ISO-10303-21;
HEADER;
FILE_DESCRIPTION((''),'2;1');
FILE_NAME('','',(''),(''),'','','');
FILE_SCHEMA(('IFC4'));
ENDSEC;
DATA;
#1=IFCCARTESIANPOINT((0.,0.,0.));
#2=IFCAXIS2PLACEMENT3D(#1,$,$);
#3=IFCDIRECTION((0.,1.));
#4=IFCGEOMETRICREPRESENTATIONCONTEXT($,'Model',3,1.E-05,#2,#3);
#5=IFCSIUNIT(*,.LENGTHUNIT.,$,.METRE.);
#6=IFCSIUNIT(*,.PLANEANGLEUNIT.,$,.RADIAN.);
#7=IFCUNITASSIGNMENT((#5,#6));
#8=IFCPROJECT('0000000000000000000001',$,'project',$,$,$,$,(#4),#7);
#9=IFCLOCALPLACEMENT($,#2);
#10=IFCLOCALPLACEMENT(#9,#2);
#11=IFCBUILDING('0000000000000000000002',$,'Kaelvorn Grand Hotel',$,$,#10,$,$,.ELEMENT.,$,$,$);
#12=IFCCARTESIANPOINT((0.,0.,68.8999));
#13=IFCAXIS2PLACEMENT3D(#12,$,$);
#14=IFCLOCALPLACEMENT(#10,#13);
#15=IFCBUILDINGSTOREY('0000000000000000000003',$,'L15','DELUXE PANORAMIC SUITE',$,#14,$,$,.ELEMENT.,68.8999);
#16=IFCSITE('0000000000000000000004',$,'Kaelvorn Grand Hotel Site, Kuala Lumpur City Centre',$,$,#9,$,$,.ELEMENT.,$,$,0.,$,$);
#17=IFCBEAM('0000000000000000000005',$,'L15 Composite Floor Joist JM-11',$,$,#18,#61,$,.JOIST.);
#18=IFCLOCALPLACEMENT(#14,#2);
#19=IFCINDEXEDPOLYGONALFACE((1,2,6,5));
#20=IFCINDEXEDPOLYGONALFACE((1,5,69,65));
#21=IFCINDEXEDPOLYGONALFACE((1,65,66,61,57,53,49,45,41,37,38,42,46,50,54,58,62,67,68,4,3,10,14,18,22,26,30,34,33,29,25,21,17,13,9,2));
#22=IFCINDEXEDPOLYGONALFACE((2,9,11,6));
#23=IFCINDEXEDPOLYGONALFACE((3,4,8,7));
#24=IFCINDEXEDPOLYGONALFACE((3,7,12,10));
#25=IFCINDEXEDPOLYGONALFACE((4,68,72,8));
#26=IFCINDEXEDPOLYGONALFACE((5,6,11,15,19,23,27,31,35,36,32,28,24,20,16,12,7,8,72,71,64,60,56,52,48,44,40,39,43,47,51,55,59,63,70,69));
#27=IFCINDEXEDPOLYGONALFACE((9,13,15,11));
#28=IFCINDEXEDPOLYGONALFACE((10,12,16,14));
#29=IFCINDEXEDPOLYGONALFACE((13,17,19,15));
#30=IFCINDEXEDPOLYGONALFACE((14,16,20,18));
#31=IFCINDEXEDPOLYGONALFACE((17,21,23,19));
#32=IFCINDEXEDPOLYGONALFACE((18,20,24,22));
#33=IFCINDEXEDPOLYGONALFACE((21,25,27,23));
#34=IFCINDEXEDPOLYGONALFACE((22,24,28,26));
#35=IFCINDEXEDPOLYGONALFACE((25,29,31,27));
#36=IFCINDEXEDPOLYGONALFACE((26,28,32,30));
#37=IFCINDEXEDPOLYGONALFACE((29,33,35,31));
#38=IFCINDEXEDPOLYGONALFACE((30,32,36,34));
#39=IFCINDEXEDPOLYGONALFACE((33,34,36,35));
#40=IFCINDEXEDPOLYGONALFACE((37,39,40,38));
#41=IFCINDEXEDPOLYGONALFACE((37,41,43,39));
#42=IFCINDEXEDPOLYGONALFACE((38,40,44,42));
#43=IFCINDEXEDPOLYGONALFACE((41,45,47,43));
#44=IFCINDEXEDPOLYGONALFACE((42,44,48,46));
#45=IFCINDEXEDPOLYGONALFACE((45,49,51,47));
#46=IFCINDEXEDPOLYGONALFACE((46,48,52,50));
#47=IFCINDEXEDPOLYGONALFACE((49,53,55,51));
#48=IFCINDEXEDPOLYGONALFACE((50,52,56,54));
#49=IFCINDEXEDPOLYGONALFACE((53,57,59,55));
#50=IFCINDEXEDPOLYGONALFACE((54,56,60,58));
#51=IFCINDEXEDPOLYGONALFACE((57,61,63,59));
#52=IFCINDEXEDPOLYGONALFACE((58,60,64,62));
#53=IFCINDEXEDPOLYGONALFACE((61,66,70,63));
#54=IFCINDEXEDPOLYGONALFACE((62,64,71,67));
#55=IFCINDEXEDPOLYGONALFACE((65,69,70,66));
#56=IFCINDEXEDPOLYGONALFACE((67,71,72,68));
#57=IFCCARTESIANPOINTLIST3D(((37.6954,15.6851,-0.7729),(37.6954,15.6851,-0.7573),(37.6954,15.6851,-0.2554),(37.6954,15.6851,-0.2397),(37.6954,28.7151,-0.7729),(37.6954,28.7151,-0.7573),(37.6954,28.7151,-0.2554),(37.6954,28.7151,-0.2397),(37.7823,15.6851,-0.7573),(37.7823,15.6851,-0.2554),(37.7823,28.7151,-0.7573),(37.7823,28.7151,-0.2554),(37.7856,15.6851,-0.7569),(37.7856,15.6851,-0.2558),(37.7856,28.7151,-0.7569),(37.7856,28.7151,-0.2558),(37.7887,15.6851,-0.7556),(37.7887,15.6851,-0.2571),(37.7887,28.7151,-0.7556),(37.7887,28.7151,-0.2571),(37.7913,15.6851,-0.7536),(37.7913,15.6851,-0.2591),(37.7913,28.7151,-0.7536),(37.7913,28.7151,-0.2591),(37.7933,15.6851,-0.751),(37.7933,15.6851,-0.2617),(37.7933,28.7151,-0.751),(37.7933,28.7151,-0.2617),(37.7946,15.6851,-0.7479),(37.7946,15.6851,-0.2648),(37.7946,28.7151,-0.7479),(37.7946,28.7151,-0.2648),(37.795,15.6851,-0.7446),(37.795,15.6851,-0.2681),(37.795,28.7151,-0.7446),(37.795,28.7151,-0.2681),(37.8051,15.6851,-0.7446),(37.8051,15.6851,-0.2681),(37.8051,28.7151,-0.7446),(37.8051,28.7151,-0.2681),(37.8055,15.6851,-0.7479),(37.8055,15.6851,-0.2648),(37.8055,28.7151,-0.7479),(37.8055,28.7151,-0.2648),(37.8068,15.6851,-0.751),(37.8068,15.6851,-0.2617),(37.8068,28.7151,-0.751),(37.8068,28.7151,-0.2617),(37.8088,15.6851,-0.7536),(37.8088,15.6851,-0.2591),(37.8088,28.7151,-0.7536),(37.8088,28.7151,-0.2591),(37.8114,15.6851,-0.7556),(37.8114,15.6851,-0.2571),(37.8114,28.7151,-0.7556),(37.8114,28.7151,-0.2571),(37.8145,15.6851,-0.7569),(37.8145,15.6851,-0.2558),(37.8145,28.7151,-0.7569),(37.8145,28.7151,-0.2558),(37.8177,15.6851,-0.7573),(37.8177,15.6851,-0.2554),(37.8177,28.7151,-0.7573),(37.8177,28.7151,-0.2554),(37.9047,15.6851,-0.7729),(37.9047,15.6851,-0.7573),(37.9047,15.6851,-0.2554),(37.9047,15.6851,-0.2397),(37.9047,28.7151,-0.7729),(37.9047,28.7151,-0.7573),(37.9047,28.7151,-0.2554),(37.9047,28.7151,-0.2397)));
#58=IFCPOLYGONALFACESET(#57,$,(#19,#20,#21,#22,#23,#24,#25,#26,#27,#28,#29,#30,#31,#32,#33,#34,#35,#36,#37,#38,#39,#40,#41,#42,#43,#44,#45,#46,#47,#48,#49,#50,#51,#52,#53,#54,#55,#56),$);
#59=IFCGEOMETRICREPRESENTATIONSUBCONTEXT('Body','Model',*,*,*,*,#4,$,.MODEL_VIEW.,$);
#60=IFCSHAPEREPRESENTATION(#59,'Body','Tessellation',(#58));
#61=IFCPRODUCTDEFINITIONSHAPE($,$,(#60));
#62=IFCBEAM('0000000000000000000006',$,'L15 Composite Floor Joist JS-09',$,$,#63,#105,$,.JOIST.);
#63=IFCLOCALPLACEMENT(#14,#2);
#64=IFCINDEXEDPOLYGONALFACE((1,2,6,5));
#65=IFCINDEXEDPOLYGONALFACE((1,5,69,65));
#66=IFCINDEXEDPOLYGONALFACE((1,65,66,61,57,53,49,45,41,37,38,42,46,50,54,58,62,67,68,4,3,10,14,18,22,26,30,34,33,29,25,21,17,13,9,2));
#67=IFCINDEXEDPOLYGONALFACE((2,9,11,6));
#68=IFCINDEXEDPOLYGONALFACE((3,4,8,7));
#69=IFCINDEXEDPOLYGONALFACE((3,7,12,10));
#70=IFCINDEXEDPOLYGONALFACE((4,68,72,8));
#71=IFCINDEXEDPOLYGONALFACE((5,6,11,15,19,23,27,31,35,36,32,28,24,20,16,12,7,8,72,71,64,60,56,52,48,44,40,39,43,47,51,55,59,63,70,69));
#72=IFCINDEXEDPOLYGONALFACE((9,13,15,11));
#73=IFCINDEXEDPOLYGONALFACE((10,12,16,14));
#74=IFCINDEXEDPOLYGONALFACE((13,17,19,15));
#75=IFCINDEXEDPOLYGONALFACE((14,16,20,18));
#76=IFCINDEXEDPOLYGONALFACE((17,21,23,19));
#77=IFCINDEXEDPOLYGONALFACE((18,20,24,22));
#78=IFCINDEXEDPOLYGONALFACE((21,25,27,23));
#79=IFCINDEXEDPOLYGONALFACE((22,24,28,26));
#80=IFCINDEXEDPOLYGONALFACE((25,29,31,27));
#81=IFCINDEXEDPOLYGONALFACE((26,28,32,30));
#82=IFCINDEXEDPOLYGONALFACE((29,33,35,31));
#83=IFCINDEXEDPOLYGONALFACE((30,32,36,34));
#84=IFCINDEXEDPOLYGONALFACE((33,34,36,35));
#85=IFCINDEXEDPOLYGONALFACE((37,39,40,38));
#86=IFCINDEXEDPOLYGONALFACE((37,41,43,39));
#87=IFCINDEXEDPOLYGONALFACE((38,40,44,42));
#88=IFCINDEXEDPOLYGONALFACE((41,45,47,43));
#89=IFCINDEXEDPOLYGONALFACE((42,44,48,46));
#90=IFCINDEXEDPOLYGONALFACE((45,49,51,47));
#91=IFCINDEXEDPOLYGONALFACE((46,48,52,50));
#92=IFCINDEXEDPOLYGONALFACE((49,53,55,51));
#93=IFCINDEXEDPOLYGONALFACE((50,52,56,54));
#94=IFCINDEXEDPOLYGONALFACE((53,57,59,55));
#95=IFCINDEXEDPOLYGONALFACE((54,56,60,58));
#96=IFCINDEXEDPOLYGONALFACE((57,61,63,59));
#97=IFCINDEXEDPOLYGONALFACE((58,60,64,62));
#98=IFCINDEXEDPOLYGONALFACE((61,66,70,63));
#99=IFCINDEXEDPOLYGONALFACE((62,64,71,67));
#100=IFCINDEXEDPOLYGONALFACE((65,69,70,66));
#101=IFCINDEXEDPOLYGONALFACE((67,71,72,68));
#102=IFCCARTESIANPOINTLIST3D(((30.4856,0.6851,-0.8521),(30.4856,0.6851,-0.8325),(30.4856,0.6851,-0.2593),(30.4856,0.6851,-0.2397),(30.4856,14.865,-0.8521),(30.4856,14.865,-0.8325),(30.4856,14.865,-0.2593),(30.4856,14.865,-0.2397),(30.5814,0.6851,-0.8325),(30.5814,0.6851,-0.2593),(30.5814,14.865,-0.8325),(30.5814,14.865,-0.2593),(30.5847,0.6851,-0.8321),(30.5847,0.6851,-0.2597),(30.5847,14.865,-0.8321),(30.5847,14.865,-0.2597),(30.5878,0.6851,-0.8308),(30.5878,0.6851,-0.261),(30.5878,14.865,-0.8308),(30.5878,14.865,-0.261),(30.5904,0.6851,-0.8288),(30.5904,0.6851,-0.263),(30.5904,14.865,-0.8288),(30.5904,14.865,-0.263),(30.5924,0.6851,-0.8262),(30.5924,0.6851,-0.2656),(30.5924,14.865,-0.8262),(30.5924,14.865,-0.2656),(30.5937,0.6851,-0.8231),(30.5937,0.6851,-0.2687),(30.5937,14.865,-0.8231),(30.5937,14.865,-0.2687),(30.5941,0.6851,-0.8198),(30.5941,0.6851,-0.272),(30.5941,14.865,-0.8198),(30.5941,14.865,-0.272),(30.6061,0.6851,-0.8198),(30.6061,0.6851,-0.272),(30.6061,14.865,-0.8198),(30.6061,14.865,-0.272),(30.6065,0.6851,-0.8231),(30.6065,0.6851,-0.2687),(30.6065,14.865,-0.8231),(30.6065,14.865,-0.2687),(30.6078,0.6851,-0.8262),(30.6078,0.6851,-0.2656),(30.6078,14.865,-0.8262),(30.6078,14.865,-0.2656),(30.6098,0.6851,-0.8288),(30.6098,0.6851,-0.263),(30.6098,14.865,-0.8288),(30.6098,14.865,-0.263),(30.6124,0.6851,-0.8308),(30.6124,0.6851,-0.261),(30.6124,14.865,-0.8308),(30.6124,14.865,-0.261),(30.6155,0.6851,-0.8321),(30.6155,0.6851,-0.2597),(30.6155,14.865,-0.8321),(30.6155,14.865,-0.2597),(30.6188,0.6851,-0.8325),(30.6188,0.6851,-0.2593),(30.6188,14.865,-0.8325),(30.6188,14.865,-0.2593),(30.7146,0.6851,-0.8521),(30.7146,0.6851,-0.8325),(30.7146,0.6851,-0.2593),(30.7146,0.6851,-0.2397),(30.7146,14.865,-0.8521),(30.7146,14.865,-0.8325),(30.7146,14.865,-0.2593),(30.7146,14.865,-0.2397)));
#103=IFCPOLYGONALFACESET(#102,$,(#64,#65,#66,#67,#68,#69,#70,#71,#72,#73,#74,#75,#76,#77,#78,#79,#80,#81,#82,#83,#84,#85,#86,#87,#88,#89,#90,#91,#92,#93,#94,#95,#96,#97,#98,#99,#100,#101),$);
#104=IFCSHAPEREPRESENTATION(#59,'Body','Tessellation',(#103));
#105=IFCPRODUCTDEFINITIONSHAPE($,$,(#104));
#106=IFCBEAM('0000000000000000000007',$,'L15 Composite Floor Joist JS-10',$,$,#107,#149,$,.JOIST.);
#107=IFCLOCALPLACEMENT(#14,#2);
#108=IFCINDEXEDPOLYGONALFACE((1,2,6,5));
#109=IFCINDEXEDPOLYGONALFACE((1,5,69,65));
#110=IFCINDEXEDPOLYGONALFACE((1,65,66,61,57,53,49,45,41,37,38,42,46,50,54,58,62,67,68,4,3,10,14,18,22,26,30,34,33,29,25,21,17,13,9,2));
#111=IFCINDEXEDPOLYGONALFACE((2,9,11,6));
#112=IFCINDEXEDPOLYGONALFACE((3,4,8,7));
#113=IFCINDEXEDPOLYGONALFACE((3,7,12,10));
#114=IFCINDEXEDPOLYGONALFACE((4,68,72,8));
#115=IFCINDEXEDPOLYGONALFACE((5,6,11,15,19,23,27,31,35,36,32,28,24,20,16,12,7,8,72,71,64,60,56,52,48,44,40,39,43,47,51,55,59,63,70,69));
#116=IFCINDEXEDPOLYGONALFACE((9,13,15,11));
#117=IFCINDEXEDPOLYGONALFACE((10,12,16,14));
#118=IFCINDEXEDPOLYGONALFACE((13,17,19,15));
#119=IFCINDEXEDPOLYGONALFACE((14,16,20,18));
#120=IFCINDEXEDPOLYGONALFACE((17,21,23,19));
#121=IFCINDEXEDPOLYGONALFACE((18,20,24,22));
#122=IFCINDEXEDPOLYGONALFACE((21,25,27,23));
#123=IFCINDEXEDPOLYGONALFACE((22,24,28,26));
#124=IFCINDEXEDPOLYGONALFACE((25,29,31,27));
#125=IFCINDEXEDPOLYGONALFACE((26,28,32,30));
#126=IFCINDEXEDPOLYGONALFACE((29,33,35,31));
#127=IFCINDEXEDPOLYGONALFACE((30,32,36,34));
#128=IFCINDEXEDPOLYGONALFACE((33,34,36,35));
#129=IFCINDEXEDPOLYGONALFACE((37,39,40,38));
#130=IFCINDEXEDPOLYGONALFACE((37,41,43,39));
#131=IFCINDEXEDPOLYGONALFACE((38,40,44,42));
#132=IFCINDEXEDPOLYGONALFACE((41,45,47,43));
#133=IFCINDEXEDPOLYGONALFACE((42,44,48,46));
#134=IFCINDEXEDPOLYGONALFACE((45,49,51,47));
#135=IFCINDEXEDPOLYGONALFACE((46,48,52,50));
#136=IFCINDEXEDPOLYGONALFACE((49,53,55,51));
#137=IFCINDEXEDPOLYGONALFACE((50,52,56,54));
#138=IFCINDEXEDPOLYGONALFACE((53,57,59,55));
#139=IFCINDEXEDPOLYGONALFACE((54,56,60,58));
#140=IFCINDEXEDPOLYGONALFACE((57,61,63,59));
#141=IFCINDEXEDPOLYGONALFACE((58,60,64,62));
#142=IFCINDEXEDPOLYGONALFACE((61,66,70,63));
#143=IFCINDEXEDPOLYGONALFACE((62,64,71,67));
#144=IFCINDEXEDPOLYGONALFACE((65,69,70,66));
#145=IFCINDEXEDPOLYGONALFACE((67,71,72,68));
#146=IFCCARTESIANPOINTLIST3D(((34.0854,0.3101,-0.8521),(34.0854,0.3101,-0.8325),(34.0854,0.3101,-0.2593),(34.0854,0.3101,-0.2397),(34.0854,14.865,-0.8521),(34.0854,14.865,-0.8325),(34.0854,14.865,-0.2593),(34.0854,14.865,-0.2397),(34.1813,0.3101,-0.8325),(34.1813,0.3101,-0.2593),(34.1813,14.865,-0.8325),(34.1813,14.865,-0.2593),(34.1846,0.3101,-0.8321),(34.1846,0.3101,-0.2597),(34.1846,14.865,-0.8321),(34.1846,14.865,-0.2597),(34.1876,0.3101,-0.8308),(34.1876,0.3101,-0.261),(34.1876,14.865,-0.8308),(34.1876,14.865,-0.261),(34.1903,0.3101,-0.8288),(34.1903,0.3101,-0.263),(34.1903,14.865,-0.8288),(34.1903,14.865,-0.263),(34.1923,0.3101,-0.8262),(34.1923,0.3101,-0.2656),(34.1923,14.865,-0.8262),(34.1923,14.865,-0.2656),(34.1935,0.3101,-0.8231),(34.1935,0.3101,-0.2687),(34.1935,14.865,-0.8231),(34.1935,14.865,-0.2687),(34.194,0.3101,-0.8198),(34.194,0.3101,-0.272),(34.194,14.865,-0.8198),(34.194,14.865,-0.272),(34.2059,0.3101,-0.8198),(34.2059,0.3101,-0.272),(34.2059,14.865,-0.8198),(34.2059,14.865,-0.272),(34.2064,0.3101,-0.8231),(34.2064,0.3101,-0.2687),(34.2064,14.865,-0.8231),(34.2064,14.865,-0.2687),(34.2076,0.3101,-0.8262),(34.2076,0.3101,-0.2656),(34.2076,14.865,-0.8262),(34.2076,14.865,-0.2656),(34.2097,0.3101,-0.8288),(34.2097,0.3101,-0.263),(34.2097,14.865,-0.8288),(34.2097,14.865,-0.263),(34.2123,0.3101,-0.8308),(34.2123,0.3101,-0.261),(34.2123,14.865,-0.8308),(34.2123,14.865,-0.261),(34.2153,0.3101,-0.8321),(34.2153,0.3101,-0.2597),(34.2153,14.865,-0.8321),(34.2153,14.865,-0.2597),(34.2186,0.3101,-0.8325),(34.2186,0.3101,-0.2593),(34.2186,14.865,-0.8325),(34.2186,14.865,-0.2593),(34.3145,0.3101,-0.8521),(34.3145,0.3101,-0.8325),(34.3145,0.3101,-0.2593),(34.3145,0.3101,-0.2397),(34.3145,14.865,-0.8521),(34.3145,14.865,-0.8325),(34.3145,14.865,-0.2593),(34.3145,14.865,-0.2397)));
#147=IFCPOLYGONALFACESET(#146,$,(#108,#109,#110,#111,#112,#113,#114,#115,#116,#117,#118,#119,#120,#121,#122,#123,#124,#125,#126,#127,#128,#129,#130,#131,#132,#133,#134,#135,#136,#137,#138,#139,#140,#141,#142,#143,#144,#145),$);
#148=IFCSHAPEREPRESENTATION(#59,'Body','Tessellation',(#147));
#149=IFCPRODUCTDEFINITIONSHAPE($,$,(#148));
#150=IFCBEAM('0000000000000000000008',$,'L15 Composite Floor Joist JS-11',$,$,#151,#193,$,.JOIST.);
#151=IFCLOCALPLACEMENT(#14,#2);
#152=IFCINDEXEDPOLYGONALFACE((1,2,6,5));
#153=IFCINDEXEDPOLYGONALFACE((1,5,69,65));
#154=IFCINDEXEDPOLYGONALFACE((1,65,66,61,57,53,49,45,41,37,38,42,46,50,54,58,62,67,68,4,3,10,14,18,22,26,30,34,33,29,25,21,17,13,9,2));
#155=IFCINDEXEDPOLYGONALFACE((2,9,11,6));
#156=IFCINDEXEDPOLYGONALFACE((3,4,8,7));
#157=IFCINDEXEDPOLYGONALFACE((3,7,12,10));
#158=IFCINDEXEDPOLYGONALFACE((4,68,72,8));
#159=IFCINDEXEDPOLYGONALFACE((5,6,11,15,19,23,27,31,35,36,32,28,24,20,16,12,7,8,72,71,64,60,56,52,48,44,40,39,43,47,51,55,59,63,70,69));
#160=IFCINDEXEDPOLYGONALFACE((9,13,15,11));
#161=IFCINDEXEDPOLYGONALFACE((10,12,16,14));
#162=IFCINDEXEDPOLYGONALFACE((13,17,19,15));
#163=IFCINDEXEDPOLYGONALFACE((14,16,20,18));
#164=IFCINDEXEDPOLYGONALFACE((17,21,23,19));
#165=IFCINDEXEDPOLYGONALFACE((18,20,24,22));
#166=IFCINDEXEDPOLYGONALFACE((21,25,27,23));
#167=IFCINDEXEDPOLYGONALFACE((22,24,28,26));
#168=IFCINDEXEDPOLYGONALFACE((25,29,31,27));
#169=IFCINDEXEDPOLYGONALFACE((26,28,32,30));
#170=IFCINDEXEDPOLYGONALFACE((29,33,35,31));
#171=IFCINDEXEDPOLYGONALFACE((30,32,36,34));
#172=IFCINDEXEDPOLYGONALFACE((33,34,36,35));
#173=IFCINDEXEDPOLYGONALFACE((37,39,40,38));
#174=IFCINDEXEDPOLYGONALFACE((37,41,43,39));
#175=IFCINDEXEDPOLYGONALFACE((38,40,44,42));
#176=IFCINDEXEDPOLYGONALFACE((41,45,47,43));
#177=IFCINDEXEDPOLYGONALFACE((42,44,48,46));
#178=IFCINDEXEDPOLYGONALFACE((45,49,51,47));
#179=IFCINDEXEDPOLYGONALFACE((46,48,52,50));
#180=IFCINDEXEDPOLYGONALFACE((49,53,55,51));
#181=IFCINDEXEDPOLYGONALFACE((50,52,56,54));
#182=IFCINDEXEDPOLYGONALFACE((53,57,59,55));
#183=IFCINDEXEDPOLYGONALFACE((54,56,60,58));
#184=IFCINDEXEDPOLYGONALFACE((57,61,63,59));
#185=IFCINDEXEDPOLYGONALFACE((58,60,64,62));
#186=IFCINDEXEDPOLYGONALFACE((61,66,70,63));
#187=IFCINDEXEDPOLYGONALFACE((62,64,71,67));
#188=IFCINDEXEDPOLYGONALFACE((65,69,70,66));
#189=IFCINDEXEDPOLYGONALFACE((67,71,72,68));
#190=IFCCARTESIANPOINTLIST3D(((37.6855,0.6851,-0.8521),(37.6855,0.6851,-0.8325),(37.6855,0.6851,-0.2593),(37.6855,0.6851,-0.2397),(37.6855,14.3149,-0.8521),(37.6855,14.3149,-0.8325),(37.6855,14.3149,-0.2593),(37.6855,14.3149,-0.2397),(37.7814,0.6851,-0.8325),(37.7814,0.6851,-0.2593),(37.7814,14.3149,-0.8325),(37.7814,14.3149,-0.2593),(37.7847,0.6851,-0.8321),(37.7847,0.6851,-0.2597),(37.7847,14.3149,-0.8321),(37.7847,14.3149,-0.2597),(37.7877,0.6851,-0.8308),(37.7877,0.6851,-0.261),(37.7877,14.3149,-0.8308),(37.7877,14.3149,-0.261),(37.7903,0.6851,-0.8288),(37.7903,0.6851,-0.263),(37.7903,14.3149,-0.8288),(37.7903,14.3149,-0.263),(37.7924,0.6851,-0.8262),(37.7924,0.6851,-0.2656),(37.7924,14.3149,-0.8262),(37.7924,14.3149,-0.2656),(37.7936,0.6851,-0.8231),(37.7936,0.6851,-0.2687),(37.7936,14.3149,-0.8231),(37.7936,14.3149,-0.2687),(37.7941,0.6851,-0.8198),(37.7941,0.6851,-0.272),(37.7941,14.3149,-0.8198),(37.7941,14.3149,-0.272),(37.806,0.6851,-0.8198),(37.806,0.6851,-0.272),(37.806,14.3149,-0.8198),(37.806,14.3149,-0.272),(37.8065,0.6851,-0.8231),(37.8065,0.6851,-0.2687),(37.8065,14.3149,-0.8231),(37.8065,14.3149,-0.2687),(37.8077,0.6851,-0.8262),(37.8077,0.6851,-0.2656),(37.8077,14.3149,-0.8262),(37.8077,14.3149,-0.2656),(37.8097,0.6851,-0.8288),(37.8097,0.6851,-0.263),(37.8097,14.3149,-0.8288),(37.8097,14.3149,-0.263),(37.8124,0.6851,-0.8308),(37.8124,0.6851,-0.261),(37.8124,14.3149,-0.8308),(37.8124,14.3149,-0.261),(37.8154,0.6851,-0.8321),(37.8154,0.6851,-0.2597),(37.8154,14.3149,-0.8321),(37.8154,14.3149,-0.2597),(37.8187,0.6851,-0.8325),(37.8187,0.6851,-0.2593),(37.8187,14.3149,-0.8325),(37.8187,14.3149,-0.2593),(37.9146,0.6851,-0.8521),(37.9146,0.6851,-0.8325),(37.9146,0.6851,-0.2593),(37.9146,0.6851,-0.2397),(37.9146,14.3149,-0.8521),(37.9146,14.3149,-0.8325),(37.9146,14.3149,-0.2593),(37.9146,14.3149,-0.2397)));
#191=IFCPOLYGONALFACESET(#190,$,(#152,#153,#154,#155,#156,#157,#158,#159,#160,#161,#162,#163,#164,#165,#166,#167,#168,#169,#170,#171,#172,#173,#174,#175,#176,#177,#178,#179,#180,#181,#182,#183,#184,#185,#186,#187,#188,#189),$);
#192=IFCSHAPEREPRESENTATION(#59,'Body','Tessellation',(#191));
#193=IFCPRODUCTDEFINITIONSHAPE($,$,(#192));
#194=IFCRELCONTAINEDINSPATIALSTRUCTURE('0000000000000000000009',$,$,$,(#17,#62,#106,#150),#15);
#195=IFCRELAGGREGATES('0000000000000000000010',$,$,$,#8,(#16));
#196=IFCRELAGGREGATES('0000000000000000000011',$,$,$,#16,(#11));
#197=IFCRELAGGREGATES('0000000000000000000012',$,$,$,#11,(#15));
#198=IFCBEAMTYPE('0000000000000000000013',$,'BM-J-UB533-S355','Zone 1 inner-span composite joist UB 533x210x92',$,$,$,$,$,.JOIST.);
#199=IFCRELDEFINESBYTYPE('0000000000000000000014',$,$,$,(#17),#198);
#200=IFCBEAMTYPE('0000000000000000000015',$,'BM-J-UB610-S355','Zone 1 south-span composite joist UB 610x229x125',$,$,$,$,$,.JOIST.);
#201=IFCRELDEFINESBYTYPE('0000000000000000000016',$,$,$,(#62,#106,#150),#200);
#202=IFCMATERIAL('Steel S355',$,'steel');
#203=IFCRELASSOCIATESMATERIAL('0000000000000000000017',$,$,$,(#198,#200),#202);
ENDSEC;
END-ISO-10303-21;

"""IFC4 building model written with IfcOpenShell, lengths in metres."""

from ifc_helpers import new_model, si_unit, direction, frame, origin, origin_2d, place, context, subcontext, project, spatial, i_section, extrude, material, material_profile, profile_set, type_object, element, save


model = new_model("IFC4")

# Units and contexts
model_context = context("Model", 3, precision=1e-05, world=origin(), true_north=direction((0.0, 1.0)))
body_context = subcontext(model_context, "Body", "Model", "MODEL_VIEW")
ifc_project = project(units=[si_unit("LENGTHUNIT", "METRE"), si_unit("PLANEANGLEUNIT", "RADIAN")], contexts=[model_context])

# Site, building, storey
site_placement = place(None, origin())
site = spatial("IfcSite", under=ifc_project, at=site_placement, Name="Kaelvorn Grand Hotel Site, Kuala Lumpur City Centre", CompositionType="ELEMENT", RefElevation=0.0)
building_placement = place(site_placement, origin())
building = spatial("IfcBuilding", under=site, at=building_placement, Name="Kaelvorn Grand Hotel", CompositionType="ELEMENT")
storey_placement = place(building_placement, frame((0.0, 0.0, 68.8999)))
storey = spatial("IfcBuildingStorey", under=building, at=storey_placement, Name="L15", Description="DELUXE PANORAMIC SUITE", CompositionType="ELEMENT", Elevation=68.8999)

# Beams
ifc_material_1 = material(Name="Steel S355", Category="steel")
ifc_material_profile_1 = material_profile(ifc_material_1, i_section(OverallWidth=0.2092, OverallDepth=0.5332, WebThickness=0.01, FlangeThickness=0.0156, FilletRadius=0.0127, at=origin_2d()), Name="UB 533x210x92")
ifc_profile_set_1 = profile_set([ifc_material_profile_1], Name="Steel S355")
beam_type_1 = type_object("IfcBeamType", Name="BM-J-UB533-S355", Description="Zone 1 inner-span composite joist UB 533x210x92", PredefinedType="JOIST", material=ifc_profile_set_1)
beam_1_placement = place(storey_placement, frame((37.8, 15.6851, -0.5063), z_axis=(0.0, 1.0, 0.0), x_axis=(-1.0, 0.0, 0.0)))
element("IfcBeam", 1, at=beam_1_placement, inside=storey, type_object=beam_type_1, Name="L15 Composite Floor Joist JM-11", PredefinedType="JOIST", context=body_context, shape_type="SweptSolid", body=[
    extrude(i_section(OverallWidth=0.2092, OverallDepth=0.5332, WebThickness=0.01, FlangeThickness=0.0156, FilletRadius=0.0127, at=origin_2d()), origin(), (0.0, 0.0, 1.0), 13.03),
])
ifc_material_profile_2 = material_profile(ifc_material_1, i_section(OverallWidth=0.229, OverallDepth=0.6123, WebThickness=0.012, FlangeThickness=0.0195, FilletRadius=0.0127, at=origin_2d()), Name="UB 610x229x125")
ifc_profile_set_2 = profile_set([ifc_material_profile_2], Name="Steel S355")
beam_type_2 = type_object("IfcBeamType", Name="BM-J-UB610-S355", Description="Zone 1 south-span composite joist UB 610x229x125", PredefinedType="JOIST", material=ifc_profile_set_2)
beam_2_placement = place(storey_placement, frame((30.6001, 0.6851, -0.5459), z_axis=(0.0, 1.0, 0.0), x_axis=(-1.0, 0.0, 0.0)))
element("IfcBeam", 2, at=beam_2_placement, inside=storey, type_object=beam_type_2, Name="L15 Composite Floor Joist JS-09", PredefinedType="JOIST", context=body_context, shape_type="SweptSolid", body=[
    extrude(i_section(OverallWidth=0.229, OverallDepth=0.6123, WebThickness=0.012, FlangeThickness=0.0195, FilletRadius=0.0127, at=origin_2d()), origin(), (0.0, 0.0, 1.0), 14.1799),
])
beam_3_placement = place(storey_placement, frame((34.2, 0.3101, -0.5459), z_axis=(0.0, 1.0, 0.0), x_axis=(-1.0, 0.0, 0.0)))
element("IfcBeam", 3, at=beam_3_placement, inside=storey, type_object=beam_type_2, Name="L15 Composite Floor Joist JS-10", PredefinedType="JOIST", context=body_context, shape_type="SweptSolid", body=[
    extrude(i_section(OverallWidth=0.229, OverallDepth=0.6123, WebThickness=0.012, FlangeThickness=0.0195, FilletRadius=0.0127, at=origin_2d()), origin(), (0.0, 0.0, 1.0), 14.5549),
])
beam_4_placement = place(storey_placement, frame((37.8, 0.6851, -0.5459), z_axis=(0.0, 1.0, 0.0), x_axis=(-1.0, 0.0, 0.0)))
element("IfcBeam", 4, at=beam_4_placement, inside=storey, type_object=beam_type_2, Name="L15 Composite Floor Joist JS-11", PredefinedType="JOIST", context=body_context, shape_type="SweptSolid", body=[
    extrude(i_section(OverallWidth=0.229, OverallDepth=0.6123, WebThickness=0.012, FlangeThickness=0.0195, FilletRadius=0.0127, at=origin_2d()), origin(), (0.0, 0.0, 1.0), 13.6299),
])

save(model, "model.ifc")
